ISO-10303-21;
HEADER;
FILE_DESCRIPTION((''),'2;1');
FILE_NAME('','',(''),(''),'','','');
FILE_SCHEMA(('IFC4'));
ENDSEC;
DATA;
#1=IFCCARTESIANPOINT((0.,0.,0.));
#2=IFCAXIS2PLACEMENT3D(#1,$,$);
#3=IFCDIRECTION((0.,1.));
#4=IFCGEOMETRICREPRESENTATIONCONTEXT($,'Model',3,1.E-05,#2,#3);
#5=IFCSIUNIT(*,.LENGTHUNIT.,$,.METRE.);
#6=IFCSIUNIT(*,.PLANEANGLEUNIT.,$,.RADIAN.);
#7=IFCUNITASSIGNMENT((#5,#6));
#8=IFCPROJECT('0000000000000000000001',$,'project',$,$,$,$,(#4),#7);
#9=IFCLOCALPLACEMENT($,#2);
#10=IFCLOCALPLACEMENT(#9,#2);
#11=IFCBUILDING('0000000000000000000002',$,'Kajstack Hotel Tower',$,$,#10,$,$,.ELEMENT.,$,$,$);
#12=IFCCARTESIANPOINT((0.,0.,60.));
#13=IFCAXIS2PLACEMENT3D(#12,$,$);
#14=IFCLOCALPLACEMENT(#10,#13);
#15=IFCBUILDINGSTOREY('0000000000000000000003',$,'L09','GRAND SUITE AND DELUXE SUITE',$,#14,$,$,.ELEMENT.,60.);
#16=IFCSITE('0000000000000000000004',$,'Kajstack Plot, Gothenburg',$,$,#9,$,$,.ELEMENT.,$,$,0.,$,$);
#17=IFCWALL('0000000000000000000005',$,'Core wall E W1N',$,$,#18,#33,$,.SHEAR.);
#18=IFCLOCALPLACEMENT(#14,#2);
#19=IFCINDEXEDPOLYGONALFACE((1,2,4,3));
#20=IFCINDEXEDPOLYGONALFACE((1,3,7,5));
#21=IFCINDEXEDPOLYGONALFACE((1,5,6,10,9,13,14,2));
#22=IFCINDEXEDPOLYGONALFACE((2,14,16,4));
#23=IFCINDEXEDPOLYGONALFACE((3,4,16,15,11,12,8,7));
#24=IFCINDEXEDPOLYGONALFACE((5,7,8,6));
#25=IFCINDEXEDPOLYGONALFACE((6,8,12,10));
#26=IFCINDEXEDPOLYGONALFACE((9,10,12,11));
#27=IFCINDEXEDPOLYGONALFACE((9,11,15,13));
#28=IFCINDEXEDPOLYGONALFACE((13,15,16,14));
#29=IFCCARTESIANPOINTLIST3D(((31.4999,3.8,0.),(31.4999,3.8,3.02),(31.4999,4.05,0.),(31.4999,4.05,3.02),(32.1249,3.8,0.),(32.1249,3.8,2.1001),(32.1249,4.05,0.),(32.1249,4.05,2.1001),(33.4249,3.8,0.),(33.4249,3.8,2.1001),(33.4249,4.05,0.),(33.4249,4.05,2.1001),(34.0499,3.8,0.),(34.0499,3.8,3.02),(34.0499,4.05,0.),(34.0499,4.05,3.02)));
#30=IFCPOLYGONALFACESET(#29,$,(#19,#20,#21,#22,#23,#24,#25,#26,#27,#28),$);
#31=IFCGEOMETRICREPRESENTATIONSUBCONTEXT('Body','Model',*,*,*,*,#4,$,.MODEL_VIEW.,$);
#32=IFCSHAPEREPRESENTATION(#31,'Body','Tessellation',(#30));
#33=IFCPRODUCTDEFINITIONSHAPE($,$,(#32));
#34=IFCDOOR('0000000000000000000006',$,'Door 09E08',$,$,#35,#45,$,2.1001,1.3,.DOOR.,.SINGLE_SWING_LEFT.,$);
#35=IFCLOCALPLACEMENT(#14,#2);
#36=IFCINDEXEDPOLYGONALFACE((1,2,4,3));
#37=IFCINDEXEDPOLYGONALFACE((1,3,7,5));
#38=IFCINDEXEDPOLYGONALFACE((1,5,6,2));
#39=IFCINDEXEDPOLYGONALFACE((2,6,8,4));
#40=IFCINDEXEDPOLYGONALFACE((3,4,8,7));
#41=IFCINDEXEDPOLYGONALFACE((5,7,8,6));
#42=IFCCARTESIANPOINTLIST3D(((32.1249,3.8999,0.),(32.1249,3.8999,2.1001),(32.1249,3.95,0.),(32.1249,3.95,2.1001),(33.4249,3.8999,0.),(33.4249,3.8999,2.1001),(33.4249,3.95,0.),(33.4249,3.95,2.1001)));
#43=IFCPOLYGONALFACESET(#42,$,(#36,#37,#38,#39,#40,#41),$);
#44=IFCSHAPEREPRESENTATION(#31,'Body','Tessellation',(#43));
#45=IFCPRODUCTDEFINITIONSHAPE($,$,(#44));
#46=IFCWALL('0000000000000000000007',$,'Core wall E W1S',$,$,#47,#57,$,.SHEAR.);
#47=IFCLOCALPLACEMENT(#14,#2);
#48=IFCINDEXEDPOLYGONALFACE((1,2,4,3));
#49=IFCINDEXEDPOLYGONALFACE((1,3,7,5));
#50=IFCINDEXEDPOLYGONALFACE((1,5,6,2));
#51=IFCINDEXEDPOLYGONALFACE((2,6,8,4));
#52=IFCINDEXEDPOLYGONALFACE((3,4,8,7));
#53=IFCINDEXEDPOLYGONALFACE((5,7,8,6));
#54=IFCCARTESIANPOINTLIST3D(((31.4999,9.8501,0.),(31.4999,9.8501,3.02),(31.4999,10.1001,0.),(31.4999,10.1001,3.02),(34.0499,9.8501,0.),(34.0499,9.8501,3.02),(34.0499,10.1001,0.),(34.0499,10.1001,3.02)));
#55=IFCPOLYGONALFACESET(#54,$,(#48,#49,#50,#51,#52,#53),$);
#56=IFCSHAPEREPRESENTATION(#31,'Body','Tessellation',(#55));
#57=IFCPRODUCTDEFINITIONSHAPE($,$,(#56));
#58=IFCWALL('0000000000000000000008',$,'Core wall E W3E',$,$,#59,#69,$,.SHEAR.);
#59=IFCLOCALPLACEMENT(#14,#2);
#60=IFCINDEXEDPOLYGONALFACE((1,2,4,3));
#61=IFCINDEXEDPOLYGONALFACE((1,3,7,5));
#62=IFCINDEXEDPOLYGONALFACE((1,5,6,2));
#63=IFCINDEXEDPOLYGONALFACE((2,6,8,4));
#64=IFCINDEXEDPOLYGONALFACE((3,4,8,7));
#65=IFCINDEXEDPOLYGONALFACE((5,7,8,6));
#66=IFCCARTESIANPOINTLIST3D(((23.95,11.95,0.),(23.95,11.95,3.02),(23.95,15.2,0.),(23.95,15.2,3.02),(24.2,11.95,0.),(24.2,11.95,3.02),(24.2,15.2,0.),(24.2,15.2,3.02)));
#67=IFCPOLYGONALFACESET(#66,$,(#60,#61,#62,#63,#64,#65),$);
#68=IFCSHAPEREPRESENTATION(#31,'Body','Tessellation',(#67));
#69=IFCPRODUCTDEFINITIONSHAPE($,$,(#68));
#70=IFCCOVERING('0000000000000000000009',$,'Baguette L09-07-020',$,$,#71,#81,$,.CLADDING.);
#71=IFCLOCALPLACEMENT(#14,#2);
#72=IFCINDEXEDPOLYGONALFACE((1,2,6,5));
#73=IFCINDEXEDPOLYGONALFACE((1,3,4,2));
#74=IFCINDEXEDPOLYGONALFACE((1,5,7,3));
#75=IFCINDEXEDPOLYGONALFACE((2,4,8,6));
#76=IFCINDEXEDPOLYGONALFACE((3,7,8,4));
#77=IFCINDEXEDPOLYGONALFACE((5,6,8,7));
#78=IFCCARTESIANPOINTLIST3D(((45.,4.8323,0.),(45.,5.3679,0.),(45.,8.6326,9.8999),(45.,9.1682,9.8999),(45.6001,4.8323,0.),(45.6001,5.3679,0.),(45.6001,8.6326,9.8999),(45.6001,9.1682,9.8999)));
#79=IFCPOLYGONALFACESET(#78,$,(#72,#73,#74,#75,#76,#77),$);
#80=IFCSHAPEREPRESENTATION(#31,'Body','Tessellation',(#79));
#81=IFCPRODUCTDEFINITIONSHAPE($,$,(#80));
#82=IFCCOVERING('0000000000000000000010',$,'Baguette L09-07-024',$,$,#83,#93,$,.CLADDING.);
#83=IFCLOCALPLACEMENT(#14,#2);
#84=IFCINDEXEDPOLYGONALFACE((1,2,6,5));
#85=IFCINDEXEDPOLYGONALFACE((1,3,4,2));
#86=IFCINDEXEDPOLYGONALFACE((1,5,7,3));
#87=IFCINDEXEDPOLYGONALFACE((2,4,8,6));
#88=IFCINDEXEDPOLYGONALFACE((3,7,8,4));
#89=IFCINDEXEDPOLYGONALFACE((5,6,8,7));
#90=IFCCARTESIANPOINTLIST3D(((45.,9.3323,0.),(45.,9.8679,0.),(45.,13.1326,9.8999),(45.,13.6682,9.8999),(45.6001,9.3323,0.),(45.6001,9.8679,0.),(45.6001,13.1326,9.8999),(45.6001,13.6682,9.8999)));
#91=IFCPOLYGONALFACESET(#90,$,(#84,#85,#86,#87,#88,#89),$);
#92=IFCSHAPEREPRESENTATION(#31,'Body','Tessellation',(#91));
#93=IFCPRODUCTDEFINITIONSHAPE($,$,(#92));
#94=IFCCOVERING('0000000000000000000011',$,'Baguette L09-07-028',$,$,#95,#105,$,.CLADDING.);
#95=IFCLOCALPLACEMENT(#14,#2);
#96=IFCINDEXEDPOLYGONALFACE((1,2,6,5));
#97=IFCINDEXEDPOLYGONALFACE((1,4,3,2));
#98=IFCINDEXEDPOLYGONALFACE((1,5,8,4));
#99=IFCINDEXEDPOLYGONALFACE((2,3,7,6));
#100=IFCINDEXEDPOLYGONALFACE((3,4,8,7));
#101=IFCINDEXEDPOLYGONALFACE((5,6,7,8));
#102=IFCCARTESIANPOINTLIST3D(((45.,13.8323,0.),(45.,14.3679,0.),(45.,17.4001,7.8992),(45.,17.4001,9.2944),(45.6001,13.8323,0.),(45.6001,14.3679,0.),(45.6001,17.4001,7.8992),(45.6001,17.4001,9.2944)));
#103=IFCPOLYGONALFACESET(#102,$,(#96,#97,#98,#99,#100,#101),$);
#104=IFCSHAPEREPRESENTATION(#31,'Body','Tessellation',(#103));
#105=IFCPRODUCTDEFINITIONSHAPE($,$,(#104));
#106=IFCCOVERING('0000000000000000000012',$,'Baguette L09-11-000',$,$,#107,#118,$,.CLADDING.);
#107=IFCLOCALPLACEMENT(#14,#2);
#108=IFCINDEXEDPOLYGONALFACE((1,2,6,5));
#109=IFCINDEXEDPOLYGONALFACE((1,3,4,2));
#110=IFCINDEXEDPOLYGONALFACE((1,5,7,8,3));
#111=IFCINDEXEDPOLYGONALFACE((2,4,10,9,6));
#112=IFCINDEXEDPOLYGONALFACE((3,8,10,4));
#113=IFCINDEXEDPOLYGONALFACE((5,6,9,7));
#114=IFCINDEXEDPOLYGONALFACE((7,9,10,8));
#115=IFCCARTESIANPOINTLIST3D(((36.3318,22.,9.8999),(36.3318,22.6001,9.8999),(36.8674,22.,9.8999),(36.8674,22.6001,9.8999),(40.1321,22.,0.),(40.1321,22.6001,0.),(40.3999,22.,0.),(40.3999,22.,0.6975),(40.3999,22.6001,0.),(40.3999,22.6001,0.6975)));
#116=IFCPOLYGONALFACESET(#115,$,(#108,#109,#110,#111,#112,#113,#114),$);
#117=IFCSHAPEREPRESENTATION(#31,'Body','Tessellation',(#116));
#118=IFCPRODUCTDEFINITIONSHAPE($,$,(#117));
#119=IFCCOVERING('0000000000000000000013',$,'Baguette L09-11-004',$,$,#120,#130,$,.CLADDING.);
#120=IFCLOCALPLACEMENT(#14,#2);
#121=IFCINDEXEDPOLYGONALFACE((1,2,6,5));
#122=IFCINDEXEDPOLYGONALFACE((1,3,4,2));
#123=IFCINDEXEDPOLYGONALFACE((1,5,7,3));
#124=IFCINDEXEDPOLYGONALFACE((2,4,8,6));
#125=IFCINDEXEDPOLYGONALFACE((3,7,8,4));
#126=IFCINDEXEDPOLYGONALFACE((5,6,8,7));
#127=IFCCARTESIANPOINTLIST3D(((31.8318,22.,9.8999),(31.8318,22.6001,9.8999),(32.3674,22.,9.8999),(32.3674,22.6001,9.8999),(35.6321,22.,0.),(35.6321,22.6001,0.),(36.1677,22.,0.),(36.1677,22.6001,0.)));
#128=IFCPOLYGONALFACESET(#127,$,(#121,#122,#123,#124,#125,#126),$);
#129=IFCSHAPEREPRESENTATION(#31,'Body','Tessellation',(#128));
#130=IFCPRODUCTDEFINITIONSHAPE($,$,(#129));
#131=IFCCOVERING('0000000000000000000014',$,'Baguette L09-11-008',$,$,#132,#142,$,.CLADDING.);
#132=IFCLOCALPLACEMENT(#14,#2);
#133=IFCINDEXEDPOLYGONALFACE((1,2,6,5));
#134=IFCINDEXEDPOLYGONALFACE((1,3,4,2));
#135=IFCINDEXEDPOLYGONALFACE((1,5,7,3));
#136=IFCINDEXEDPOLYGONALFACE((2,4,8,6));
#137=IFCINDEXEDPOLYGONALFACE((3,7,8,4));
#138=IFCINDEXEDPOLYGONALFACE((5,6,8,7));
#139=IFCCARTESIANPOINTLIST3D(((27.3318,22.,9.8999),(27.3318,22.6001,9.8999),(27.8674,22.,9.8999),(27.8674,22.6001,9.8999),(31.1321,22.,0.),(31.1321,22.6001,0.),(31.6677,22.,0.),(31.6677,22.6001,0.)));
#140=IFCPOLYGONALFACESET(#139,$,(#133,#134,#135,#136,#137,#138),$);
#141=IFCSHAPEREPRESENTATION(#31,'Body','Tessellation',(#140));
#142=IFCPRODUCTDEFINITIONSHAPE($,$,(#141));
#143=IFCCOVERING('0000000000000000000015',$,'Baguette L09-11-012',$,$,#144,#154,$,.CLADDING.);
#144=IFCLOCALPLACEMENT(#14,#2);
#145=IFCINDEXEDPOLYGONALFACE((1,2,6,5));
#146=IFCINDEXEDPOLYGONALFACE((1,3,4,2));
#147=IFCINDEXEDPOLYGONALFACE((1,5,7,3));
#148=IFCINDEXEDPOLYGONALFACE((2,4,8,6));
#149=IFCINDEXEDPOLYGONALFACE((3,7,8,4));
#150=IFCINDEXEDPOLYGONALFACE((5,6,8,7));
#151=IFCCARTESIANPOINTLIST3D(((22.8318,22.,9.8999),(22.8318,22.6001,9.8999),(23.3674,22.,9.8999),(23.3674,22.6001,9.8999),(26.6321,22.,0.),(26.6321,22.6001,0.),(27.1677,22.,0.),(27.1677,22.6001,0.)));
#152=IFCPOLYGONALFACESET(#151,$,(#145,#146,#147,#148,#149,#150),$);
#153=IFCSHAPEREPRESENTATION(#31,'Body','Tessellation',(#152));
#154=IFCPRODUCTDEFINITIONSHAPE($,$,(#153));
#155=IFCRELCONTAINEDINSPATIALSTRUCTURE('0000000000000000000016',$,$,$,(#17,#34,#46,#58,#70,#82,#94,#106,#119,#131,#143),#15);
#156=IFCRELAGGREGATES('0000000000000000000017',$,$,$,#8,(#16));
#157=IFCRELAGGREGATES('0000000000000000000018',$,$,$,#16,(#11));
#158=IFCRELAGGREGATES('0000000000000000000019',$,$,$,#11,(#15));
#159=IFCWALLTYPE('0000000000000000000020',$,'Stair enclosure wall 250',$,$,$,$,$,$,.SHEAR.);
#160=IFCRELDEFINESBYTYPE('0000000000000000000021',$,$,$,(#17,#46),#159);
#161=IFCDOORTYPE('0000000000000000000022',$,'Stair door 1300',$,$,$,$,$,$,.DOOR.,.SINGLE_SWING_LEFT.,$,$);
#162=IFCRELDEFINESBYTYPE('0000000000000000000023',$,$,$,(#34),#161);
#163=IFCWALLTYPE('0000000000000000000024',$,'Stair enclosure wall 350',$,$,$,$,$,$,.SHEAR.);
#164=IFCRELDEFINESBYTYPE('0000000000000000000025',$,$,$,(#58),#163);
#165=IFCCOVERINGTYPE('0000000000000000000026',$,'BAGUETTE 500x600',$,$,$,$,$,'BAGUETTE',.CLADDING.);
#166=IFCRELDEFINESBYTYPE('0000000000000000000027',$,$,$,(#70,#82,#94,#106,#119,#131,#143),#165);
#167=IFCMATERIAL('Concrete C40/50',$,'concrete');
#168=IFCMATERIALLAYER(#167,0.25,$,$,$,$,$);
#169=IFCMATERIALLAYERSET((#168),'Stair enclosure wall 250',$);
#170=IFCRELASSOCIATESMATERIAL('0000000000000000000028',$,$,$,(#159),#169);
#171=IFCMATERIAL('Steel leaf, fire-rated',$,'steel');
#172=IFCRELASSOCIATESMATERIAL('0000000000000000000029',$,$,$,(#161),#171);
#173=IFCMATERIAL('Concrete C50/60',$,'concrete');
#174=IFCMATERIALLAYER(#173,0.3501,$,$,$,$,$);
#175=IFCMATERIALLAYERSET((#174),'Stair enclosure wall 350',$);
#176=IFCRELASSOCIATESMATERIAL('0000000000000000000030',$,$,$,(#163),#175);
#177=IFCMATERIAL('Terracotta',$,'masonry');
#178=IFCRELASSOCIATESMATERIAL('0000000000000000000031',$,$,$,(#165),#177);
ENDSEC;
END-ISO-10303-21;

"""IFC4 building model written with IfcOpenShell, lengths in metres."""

from ifc_helpers import new_model, si_unit, direction, frame, frame_2d, origin, origin_2d, place, context, subcontext, project, spatial, polyline, rectangle, outline, extrude, material, layer, layer_set, material_profile, profile_set, type_object, element, fill, save


model = new_model("IFC4")

# Units and contexts
model_context = context("Model", 3, precision=1e-05, world=origin(), true_north=direction((0.0, 1.0)))
body_context = subcontext(model_context, "Body", "Model", "MODEL_VIEW")
ifc_project = project(units=[si_unit("LENGTHUNIT", "METRE"), si_unit("PLANEANGLEUNIT", "RADIAN")], contexts=[model_context])

# Site, building, storey
site_placement = place(None, origin())
site = spatial("IfcSite", under=ifc_project, at=site_placement, Name="Kajstack Plot, Gothenburg", CompositionType="ELEMENT", RefElevation=0.0)
building_placement = place(site_placement, origin())
building = spatial("IfcBuilding", under=site, at=building_placement, Name="Kajstack Hotel Tower", CompositionType="ELEMENT")
storey_placement = place(building_placement, frame((0.0, 0.0, 60.0)))
storey = spatial("IfcBuildingStorey", under=building, at=storey_placement, Name="L09", Description="GRAND SUITE AND DELUXE SUITE", CompositionType="ELEMENT", Elevation=60.0)

# Shared definitions
ifc_material_1 = material(Name="Concrete C40/50", Category="concrete")

# Shared definitions
ifc_material_2 = material(Name="Concrete C50/60", Category="concrete")

# Wall, opening, door
ifc_layer_1 = layer(ifc_material_1, 0.25)
ifc_layer_set_1 = layer_set([ifc_layer_1], Name="Stair enclosure wall 250")
wall_type_1 = type_object("IfcWallType", Name="Stair enclosure wall 250", PredefinedType="SHEAR", material=ifc_layer_set_1)
wall_1_placement = place(storey_placement, frame((31.5, 3.925, 0.0), z_axis=(0.0, 0.0, 1.0), x_axis=(1.0, 0.0, 0.0)))
wall_1 = element("IfcWall", 1, at=wall_1_placement, inside=storey, type_object=wall_type_1, Name="Core wall E W1N", PredefinedType="SHEAR", context=body_context, shape_type="SweptSolid", body=[
    extrude(rectangle(XDim=2.55, YDim=0.25, at=frame_2d((1.2749, 0.0))), origin(), (0.0, 0.0, 1.0), 3.02),
])
opening_1_placement = place(wall_1_placement, frame((0.625, 0.0, 0.0)))
opening_1 = element("IfcOpeningElement", 2, at=opening_1_placement, cuts=wall_1, PredefinedType="OPENING", context=body_context, shape_type="SweptSolid", body=[
    extrude(rectangle(XDim=1.3, YDim=2.1001, at=frame_2d((0.6499, 1.05))), frame((0.0, 0.135, 0.0), z_axis=(0.0, -1.0, 0.0), x_axis=(1.0, 0.0, 0.0)), (0.0, 0.0, 1.0), 0.27),
])
ifc_material_3 = material(Name="Steel leaf, fire-rated", Category="steel")
door_type_1 = type_object("IfcDoorType", Name="Stair door 1300", OperationType="SINGLE_SWING_LEFT", PredefinedType="DOOR", material=ifc_material_3)
door_1_placement = place(opening_1_placement, origin())
door_1 = element("IfcDoor", 3, at=door_1_placement, inside=storey, type_object=door_type_1, Name="Door 09E08", OperationType="SINGLE_SWING_LEFT", OverallHeight=2.1001, OverallWidth=1.3, PredefinedType="DOOR", context=body_context, shape_type="SweptSolid", body=[
    extrude(rectangle(XDim=1.3, YDim=2.1001, at=frame_2d((0.6499, 1.05))), frame((0.0, 0.0249, 0.0), z_axis=(0.0, -1.0, 0.0), x_axis=(1.0, 0.0, 0.0)), (0.0, 0.0, 1.0), 0.05),
])
fill(opening_1, door_1)

# Walls
wall_2_placement = place(storey_placement, frame((31.5, 9.9751, 0.0), z_axis=(0.0, 0.0, 1.0), x_axis=(1.0, 0.0, 0.0)))
element("IfcWall", 4, at=wall_2_placement, inside=storey, type_object=wall_type_1, Name="Core wall E W1S", PredefinedType="SHEAR", context=body_context, shape_type="SweptSolid", body=[
    extrude(rectangle(XDim=2.55, YDim=0.25, at=frame_2d((1.2749, 0.0))), origin(), (0.0, 0.0, 1.0), 3.02),
])
ifc_layer_2 = layer(ifc_material_2, 0.3501)
ifc_layer_set_2 = layer_set([ifc_layer_2], Name="Stair enclosure wall 350")
wall_type_2 = type_object("IfcWallType", Name="Stair enclosure wall 350", PredefinedType="SHEAR", material=ifc_layer_set_2)
wall_3_placement = place(storey_placement, frame((24.075, 11.95, 0.0), z_axis=(0.0, 0.0, 1.0), x_axis=(0.0, 1.0, 0.0)))
element("IfcWall", 5, at=wall_3_placement, inside=storey, type_object=wall_type_2, Name="Core wall E W3E", PredefinedType="SHEAR", context=body_context, shape_type="SweptSolid", body=[
    extrude(rectangle(XDim=3.25, YDim=0.25, at=frame_2d((1.625, 0.0))), origin(), (0.0, 0.0, 1.0), 3.02),
])

# Coverings
ifc_material_4 = material(Name="Terracotta", Category="masonry")
ifc_material_profile = material_profile(ifc_material_4, rectangle(XDim=0.6001, YDim=0.5, at=origin_2d()), Name="Terracotta-clad concrete baguette 500 x 600")
ifc_profile_set = profile_set([ifc_material_profile], Name="Terracotta")
covering_type = type_object("IfcCoveringType", Name="BAGUETTE 500x600", ElementType="BAGUETTE", PredefinedType="CLADDING", material=ifc_profile_set)
for number, where, z_axis, x_axis, name in (
    (6, (45.0, 4.8323, 0.0), (1.0, 0.0, 0.0), (0.0, 1.0, 0.0), "Baguette L09-07-020"),
    (7, (45.0, 9.3323, 0.0), (1.0, 0.0, 0.0), (0.0, 1.0, 0.0), "Baguette L09-07-024"),
):
    element("IfcCovering", number, at=place(storey_placement, frame(where, z_axis=z_axis, x_axis=x_axis)), inside=storey, type_object=covering_type, Name=name, PredefinedType="CLADDING", context=body_context, shape_type="SweptSolid", body=[
        extrude(outline(polyline([(3.8003, 9.8999), (0.0, 0.0), (0.5356, 0.0), (4.3359, 9.8999), (3.8003, 9.8999)])), origin(), (0.0, 0.0, 1.0), 0.6001),
    ])
covering_1_placement = place(storey_placement, frame((45.0, 13.8323, 0.0), z_axis=(1.0, 0.0, 0.0), x_axis=(0.0, 1.0, 0.0)))
element("IfcCovering", 8, at=covering_1_placement, inside=storey, type_object=covering_type, Name="Baguette L09-07-028", PredefinedType="CLADDING", context=body_context, shape_type="SweptSolid", body=[
    extrude(outline(polyline([(0.5356, 0.0), (3.5679, 7.8992), (3.5679, 9.2944), (0.0, 0.0), (0.5356, 0.0)])), origin(), (0.0, 0.0, 1.0), 0.6001),
])
covering_2_placement = place(storey_placement, frame((40.3999, 22.0, 0.0), z_axis=(0.0, 1.0, 0.0), x_axis=(-1.0, 0.0, 0.0)))
element("IfcCovering", 9, at=covering_2_placement, inside=storey, type_object=covering_type, Name="Baguette L09-11-000", PredefinedType="CLADDING", context=body_context, shape_type="SweptSolid", body=[
    extrude(outline(polyline([(3.5325, 9.8999), (0.0, 0.6975), (0.0, 0.0), (0.2678, 0.0), (4.0681, 9.8999), (3.5325, 9.8999)])), origin(), (0.0, 0.0, 1.0), 0.6001),
])
for number, where, z_axis, x_axis, name in (
    (10, (36.1677, 22.0, 0.0), (0.0, 1.0, 0.0), (-1.0, 0.0, 0.0), "Baguette L09-11-004"),
    (11, (31.6677, 22.0, 0.0), (0.0, 1.0, 0.0), (-1.0, 0.0, 0.0), "Baguette L09-11-008"),
    (12, (27.1677, 22.0, 0.0), (0.0, 1.0, 0.0), (-1.0, 0.0, 0.0), "Baguette L09-11-012"),
):
    element("IfcCovering", number, at=place(storey_placement, frame(where, z_axis=z_axis, x_axis=x_axis)), inside=storey, type_object=covering_type, Name=name, PredefinedType="CLADDING", context=body_context, shape_type="SweptSolid", body=[
        extrude(outline(polyline([(3.8003, 9.8999), (0.0, 0.0), (0.5356, 0.0), (4.3359, 9.8999), (3.8003, 9.8999)])), origin(), (0.0, 0.0, 1.0), 0.6001),
    ])

save(model, "model.ifc")
